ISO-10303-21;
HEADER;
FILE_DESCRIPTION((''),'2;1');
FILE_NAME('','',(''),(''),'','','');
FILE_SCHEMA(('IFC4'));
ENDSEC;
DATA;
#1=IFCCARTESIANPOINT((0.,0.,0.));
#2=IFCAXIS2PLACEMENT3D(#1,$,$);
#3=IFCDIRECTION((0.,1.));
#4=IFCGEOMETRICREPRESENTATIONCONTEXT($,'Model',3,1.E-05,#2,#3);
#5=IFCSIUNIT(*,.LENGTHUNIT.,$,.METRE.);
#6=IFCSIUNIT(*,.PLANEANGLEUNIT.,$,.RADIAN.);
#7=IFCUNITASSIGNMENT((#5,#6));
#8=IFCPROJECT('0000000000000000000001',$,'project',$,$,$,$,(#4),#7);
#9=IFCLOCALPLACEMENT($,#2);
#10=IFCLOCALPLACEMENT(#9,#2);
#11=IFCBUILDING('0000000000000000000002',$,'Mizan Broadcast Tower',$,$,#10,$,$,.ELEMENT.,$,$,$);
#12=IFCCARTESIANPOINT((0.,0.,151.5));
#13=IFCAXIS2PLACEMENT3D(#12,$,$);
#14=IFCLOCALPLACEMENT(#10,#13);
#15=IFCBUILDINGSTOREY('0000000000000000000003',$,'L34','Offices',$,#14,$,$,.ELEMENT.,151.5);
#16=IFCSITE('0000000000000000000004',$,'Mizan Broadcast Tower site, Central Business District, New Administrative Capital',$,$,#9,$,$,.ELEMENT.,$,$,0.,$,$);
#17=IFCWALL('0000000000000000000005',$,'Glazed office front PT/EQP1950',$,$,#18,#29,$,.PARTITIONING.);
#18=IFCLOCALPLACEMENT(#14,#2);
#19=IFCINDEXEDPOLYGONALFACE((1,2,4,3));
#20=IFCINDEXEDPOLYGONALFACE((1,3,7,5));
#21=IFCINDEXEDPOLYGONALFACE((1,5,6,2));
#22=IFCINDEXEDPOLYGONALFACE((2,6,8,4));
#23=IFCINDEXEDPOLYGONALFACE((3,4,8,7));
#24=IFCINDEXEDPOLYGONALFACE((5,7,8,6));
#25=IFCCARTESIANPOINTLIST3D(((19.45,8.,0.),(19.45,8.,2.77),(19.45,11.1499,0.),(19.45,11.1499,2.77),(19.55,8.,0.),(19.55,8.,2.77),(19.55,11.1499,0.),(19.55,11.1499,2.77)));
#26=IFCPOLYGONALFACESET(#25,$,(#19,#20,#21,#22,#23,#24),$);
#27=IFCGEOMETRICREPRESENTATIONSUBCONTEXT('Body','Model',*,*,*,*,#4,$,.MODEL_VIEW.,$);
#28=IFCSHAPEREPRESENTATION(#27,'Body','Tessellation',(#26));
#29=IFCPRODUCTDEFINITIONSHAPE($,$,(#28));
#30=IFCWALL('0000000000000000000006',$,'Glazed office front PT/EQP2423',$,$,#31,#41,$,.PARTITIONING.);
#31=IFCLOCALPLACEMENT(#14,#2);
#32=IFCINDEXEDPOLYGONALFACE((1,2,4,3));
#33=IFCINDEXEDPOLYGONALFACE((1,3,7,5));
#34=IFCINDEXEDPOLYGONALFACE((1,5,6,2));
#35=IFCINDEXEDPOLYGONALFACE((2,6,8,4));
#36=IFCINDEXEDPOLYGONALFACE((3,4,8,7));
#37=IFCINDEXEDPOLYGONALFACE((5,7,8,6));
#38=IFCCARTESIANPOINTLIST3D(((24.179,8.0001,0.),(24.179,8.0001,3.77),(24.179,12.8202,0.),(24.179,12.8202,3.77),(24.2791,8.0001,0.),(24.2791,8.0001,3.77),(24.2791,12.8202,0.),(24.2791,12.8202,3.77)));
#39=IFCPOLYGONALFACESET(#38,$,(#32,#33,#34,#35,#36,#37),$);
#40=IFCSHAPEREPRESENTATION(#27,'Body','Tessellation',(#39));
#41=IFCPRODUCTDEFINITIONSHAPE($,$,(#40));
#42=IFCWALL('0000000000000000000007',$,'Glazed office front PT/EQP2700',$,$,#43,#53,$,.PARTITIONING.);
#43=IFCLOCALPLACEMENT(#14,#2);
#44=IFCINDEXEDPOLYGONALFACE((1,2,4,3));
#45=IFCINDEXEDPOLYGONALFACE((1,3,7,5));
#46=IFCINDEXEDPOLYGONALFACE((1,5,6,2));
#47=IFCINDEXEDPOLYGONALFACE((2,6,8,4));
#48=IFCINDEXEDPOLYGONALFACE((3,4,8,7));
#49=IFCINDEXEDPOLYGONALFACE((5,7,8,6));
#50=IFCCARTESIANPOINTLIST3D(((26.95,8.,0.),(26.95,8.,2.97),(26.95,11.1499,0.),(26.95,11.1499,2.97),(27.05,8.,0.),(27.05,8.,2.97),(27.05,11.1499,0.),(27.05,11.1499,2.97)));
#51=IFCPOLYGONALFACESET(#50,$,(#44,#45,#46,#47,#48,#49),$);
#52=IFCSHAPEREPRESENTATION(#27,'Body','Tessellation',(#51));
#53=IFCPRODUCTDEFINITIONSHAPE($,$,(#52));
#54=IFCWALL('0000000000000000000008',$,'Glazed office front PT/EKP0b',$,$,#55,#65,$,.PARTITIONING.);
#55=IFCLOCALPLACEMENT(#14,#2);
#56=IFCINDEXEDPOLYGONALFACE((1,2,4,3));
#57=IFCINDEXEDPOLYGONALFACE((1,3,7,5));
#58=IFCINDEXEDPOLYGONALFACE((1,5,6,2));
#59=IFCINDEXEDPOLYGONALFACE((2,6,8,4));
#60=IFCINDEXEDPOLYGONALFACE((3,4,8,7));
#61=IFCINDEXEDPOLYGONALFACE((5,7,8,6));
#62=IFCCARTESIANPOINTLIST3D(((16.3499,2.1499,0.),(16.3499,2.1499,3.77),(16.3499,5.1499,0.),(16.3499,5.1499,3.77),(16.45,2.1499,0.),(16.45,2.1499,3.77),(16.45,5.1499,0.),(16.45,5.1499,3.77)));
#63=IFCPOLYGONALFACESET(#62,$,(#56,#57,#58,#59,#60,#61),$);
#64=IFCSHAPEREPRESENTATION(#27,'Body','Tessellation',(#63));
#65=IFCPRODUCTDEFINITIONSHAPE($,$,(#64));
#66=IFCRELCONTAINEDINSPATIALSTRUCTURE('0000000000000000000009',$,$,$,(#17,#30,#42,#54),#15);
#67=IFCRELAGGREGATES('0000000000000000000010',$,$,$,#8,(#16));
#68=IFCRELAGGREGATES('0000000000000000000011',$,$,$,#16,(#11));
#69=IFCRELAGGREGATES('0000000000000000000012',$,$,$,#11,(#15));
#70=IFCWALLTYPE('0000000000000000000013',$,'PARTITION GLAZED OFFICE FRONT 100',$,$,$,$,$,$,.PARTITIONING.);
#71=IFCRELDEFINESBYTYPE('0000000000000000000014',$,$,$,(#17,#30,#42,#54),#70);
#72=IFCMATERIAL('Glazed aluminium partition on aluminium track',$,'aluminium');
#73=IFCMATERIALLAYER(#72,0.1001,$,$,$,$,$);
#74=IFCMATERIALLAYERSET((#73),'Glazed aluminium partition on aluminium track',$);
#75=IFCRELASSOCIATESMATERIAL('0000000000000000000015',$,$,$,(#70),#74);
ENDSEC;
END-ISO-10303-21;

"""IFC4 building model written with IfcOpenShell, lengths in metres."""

from ifc_helpers import new_model, si_unit, direction, frame, frame_2d, origin, place, context, subcontext, project, spatial, rectangle, extrude, material, layer, layer_set, type_object, element, save


model = new_model("IFC4")

# Units and contexts
model_context = context("Model", 3, precision=1e-05, world=origin(), true_north=direction((0.0, 1.0)))
body_context = subcontext(model_context, "Body", "Model", "MODEL_VIEW")
ifc_project = project(units=[si_unit("LENGTHUNIT", "METRE"), si_unit("PLANEANGLEUNIT", "RADIAN")], contexts=[model_context])

# Site, building, storey
site_placement = place(None, origin())
site = spatial("IfcSite", under=ifc_project, at=site_placement, Name="Mizan Broadcast Tower site, Central Business District, New Administrative Capital", CompositionType="ELEMENT", RefElevation=0.0)
building_placement = place(site_placement, origin())
building = spatial("IfcBuilding", under=site, at=building_placement, Name="Mizan Broadcast Tower", CompositionType="ELEMENT")
storey_placement = place(building_placement, frame((0.0, 0.0, 151.5)))
storey = spatial("IfcBuildingStorey", under=building, at=storey_placement, Name="L34", Description="Offices", CompositionType="ELEMENT", Elevation=151.5)

# Shared definitions
ifc_material_1 = material(Name="Glazed aluminium partition on aluminium track", Category="aluminium")
ifc_layer_1 = layer(ifc_material_1, 0.1001)
ifc_layer_set_1 = layer_set([ifc_layer_1], Name="Glazed aluminium partition on aluminium track")
wall_type_1 = type_object("IfcWallType", Name="PARTITION GLAZED OFFICE FRONT 100", PredefinedType="PARTITIONING", material=ifc_layer_set_1)

# Walls
wall_1_placement = place(storey_placement, frame((19.5, 8.0, 0.0), z_axis=(0.0, 0.0, 1.0), x_axis=(0.0, 1.0, 0.0)))
element("IfcWall", 1, at=wall_1_placement, inside=storey, type_object=wall_type_1, Name="Glazed office front PT/EQP1950", PredefinedType="PARTITIONING", context=body_context, shape_type="SweptSolid", body=[
    extrude(rectangle(XDim=3.1499, YDim=0.1001, at=frame_2d((1.575, 0.0))), origin(), (0.0, 0.0, 1.0), 2.77),
])
wall_2_placement = place(storey_placement, frame((24.229, 8.0, 0.0), z_axis=(0.0, 0.0, 1.0), x_axis=(0.0, 1.0, 0.0)))
element("IfcWall", 2, at=wall_2_placement, inside=storey, type_object=wall_type_1, Name="Glazed office front PT/EQP2423", PredefinedType="PARTITIONING", context=body_context, shape_type="SweptSolid", body=[
    extrude(rectangle(XDim=4.8201, YDim=0.1001, at=frame_2d((2.4102, 0.0))), origin(), (0.0, 0.0, 1.0), 3.77),
])
wall_3_placement = place(storey_placement, frame((27.0, 8.0, 0.0), z_axis=(0.0, 0.0, 1.0), x_axis=(0.0, 1.0, 0.0)))
element("IfcWall", 3, at=wall_3_placement, inside=storey, type_object=wall_type_1, Name="Glazed office front PT/EQP2700", PredefinedType="PARTITIONING", context=body_context, shape_type="SweptSolid", body=[
    extrude(rectangle(XDim=3.1499, YDim=0.1001, at=frame_2d((1.575, 0.0))), origin(), (0.0, 0.0, 1.0), 2.97),
])
wall_4_placement = place(storey_placement, frame((16.3999, 2.1499, 0.0), z_axis=(0.0, 0.0, 1.0), x_axis=(0.0, 1.0, 0.0)))
element("IfcWall", 4, at=wall_4_placement, inside=storey, type_object=wall_type_1, Name="Glazed office front PT/EKP0b", PredefinedType="PARTITIONING", context=body_context, shape_type="SweptSolid", body=[
    extrude(rectangle(XDim=3.0, YDim=0.1001, at=frame_2d((1.5, 0.0))), origin(), (0.0, 0.0, 1.0), 3.77),
])

save(model, "model.ifc")
